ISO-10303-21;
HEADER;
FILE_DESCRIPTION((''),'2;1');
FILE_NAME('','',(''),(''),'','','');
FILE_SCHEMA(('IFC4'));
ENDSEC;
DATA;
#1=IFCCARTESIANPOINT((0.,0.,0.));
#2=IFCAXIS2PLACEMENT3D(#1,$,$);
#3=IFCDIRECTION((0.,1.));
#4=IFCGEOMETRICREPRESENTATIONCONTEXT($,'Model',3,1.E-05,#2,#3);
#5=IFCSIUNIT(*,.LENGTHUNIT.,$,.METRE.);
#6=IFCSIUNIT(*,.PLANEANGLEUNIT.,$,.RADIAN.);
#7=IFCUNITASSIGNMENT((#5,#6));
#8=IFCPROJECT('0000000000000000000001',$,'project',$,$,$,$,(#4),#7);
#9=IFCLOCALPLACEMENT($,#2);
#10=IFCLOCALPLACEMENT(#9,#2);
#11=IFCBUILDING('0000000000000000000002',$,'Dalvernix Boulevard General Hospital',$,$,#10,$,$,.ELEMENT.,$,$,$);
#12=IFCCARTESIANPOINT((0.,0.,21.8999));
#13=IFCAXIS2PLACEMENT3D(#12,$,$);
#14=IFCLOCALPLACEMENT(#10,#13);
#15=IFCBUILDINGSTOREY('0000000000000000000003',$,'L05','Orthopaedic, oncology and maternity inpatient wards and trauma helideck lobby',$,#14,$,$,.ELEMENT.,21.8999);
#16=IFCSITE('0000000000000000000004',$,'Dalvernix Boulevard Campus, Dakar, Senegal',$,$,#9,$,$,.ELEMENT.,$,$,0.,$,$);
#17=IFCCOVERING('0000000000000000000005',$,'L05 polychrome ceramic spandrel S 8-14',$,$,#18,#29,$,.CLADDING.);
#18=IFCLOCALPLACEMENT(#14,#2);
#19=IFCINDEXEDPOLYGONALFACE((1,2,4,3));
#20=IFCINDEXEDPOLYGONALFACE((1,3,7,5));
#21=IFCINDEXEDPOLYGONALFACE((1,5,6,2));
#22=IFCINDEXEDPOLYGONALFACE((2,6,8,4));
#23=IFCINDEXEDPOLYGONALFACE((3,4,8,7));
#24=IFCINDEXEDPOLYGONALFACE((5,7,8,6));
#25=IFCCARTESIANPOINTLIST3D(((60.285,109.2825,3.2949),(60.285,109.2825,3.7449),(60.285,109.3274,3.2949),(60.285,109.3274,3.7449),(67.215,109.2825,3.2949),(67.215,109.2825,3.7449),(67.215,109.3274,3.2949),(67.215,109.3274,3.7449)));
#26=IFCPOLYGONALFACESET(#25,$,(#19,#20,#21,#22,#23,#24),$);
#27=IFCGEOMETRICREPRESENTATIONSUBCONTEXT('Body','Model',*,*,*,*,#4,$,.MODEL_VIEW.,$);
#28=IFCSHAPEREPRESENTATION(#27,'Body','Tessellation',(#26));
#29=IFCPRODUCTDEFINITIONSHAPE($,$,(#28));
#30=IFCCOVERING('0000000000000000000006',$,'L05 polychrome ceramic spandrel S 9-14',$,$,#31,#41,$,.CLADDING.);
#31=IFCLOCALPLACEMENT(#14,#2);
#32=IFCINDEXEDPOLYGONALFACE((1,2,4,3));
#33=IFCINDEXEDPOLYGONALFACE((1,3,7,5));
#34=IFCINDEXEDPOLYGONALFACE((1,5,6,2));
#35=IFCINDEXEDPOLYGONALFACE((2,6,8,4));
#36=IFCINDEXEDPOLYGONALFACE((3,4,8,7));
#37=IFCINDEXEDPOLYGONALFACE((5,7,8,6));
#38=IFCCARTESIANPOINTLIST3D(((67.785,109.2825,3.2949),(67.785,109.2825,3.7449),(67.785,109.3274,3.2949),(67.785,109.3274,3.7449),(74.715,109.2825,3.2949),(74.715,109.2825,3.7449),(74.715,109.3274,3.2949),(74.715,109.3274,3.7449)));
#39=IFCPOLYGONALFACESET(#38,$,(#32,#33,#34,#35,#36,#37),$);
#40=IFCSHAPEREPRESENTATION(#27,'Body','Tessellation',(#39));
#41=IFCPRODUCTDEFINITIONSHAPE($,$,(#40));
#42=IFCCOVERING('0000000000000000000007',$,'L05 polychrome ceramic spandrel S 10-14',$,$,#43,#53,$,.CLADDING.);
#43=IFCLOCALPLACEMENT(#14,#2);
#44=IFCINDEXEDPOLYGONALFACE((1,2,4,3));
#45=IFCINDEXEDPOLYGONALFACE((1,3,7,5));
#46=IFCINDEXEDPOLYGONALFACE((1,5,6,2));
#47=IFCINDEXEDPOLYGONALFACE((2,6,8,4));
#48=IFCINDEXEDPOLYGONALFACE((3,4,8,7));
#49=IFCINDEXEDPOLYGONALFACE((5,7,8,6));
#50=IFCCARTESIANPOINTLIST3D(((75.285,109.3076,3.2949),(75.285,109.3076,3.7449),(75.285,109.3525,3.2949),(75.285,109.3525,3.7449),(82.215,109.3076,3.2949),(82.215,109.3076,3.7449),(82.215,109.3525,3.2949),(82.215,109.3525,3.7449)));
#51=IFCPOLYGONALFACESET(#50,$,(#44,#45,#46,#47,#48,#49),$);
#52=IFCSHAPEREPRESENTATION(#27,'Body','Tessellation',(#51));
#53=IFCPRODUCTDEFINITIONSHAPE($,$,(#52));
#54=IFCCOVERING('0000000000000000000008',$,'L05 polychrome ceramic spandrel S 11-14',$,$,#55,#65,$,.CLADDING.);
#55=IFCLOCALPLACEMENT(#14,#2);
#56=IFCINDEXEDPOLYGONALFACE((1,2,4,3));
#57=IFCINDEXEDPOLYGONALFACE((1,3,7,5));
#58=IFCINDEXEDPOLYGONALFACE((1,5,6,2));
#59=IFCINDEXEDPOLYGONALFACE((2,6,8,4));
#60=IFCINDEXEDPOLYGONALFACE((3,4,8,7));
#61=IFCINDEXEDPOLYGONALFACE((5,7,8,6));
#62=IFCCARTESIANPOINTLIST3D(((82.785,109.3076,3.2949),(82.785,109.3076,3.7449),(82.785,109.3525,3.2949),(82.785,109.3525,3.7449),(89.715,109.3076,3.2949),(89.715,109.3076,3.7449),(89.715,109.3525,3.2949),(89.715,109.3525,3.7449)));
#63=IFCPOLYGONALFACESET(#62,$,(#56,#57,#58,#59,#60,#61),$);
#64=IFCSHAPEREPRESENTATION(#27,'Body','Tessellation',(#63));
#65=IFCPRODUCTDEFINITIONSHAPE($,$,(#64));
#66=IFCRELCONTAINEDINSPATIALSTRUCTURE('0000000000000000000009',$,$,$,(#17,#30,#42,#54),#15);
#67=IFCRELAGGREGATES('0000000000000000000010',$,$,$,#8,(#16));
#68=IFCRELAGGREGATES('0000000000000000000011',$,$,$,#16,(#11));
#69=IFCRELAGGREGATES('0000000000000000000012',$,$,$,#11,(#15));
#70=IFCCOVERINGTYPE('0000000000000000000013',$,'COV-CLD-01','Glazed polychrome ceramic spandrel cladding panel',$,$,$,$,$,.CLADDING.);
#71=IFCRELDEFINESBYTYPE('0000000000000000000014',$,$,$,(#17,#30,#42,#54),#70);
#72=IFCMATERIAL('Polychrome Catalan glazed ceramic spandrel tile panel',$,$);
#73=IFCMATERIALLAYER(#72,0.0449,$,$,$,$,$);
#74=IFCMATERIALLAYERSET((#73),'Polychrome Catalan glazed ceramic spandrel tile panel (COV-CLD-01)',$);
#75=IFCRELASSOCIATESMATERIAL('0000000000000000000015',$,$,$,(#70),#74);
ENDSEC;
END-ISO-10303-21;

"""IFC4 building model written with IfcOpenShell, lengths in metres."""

from ifc_helpers import new_model, si_unit, direction, frame, origin, origin_2d, place, context, subcontext, project, spatial, rectangle, extrude, material, layer, layer_set, type_object, element, save


model = new_model("IFC4")

# Units and contexts
model_context = context("Model", 3, precision=1e-05, world=origin(), true_north=direction((0.0, 1.0)))
body_context = subcontext(model_context, "Body", "Model", "MODEL_VIEW")
ifc_project = project(units=[si_unit("LENGTHUNIT", "METRE"), si_unit("PLANEANGLEUNIT", "RADIAN")], contexts=[model_context])

# Site, building, storey
site_placement = place(None, origin())
site = spatial("IfcSite", under=ifc_project, at=site_placement, Name="Dalvernix Boulevard Campus, Dakar, Senegal", CompositionType="ELEMENT", RefElevation=0.0)
building_placement = place(site_placement, origin())
building = spatial("IfcBuilding", under=site, at=building_placement, Name="Dalvernix Boulevard General Hospital", CompositionType="ELEMENT")
storey_placement = place(building_placement, frame((0.0, 0.0, 21.8999)))
storey = spatial("IfcBuildingStorey", under=building, at=storey_placement, Name="L05", Description="Orthopaedic, oncology and maternity inpatient wards and trauma helideck lobby", CompositionType="ELEMENT", Elevation=21.8999)

# Coverings
ifc_material_1 = material(Name="Polychrome Catalan glazed ceramic spandrel tile panel")
ifc_layer = layer(ifc_material_1, 0.0449)
ifc_layer_set = layer_set([ifc_layer], Name="Polychrome Catalan glazed ceramic spandrel tile panel (COV-CLD-01)")
covering_type = type_object("IfcCoveringType", Name="COV-CLD-01", Description="Glazed polychrome ceramic spandrel cladding panel", PredefinedType="CLADDING", material=ifc_layer_set)
for number, where, z_axis, x_axis, name in (
    (1, (63.75, 109.3049, 3.2949), (0.0, 0.0, 1.0), (-1.0, 0.0, 0.0), "L05 polychrome ceramic spandrel S 8-14"),
    (2, (71.25, 109.3049, 3.2949), (0.0, 0.0, 1.0), (-1.0, 0.0, 0.0), "L05 polychrome ceramic spandrel S 9-14"),
    (3, (78.75, 109.3301, 3.2949), (0.0, 0.0, 1.0), (-1.0, 0.0, 0.0), "L05 polychrome ceramic spandrel S 10-14"),
    (4, (86.25, 109.3301, 3.2949), (0.0, 0.0, 1.0), (-1.0, 0.0, 0.0), "L05 polychrome ceramic spandrel S 11-14"),
):
    element("IfcCovering", number, at=place(storey_placement, frame(where, z_axis=z_axis, x_axis=x_axis)), inside=storey, type_object=covering_type, Name=name, PredefinedType="CLADDING", context=body_context, shape_type="SweptSolid", body=[
        extrude(rectangle(XDim=6.9299, YDim=0.0449, at=origin_2d()), origin(), (0.0, 0.0, 1.0), 0.45),
    ])

save(model, "model.ifc")
